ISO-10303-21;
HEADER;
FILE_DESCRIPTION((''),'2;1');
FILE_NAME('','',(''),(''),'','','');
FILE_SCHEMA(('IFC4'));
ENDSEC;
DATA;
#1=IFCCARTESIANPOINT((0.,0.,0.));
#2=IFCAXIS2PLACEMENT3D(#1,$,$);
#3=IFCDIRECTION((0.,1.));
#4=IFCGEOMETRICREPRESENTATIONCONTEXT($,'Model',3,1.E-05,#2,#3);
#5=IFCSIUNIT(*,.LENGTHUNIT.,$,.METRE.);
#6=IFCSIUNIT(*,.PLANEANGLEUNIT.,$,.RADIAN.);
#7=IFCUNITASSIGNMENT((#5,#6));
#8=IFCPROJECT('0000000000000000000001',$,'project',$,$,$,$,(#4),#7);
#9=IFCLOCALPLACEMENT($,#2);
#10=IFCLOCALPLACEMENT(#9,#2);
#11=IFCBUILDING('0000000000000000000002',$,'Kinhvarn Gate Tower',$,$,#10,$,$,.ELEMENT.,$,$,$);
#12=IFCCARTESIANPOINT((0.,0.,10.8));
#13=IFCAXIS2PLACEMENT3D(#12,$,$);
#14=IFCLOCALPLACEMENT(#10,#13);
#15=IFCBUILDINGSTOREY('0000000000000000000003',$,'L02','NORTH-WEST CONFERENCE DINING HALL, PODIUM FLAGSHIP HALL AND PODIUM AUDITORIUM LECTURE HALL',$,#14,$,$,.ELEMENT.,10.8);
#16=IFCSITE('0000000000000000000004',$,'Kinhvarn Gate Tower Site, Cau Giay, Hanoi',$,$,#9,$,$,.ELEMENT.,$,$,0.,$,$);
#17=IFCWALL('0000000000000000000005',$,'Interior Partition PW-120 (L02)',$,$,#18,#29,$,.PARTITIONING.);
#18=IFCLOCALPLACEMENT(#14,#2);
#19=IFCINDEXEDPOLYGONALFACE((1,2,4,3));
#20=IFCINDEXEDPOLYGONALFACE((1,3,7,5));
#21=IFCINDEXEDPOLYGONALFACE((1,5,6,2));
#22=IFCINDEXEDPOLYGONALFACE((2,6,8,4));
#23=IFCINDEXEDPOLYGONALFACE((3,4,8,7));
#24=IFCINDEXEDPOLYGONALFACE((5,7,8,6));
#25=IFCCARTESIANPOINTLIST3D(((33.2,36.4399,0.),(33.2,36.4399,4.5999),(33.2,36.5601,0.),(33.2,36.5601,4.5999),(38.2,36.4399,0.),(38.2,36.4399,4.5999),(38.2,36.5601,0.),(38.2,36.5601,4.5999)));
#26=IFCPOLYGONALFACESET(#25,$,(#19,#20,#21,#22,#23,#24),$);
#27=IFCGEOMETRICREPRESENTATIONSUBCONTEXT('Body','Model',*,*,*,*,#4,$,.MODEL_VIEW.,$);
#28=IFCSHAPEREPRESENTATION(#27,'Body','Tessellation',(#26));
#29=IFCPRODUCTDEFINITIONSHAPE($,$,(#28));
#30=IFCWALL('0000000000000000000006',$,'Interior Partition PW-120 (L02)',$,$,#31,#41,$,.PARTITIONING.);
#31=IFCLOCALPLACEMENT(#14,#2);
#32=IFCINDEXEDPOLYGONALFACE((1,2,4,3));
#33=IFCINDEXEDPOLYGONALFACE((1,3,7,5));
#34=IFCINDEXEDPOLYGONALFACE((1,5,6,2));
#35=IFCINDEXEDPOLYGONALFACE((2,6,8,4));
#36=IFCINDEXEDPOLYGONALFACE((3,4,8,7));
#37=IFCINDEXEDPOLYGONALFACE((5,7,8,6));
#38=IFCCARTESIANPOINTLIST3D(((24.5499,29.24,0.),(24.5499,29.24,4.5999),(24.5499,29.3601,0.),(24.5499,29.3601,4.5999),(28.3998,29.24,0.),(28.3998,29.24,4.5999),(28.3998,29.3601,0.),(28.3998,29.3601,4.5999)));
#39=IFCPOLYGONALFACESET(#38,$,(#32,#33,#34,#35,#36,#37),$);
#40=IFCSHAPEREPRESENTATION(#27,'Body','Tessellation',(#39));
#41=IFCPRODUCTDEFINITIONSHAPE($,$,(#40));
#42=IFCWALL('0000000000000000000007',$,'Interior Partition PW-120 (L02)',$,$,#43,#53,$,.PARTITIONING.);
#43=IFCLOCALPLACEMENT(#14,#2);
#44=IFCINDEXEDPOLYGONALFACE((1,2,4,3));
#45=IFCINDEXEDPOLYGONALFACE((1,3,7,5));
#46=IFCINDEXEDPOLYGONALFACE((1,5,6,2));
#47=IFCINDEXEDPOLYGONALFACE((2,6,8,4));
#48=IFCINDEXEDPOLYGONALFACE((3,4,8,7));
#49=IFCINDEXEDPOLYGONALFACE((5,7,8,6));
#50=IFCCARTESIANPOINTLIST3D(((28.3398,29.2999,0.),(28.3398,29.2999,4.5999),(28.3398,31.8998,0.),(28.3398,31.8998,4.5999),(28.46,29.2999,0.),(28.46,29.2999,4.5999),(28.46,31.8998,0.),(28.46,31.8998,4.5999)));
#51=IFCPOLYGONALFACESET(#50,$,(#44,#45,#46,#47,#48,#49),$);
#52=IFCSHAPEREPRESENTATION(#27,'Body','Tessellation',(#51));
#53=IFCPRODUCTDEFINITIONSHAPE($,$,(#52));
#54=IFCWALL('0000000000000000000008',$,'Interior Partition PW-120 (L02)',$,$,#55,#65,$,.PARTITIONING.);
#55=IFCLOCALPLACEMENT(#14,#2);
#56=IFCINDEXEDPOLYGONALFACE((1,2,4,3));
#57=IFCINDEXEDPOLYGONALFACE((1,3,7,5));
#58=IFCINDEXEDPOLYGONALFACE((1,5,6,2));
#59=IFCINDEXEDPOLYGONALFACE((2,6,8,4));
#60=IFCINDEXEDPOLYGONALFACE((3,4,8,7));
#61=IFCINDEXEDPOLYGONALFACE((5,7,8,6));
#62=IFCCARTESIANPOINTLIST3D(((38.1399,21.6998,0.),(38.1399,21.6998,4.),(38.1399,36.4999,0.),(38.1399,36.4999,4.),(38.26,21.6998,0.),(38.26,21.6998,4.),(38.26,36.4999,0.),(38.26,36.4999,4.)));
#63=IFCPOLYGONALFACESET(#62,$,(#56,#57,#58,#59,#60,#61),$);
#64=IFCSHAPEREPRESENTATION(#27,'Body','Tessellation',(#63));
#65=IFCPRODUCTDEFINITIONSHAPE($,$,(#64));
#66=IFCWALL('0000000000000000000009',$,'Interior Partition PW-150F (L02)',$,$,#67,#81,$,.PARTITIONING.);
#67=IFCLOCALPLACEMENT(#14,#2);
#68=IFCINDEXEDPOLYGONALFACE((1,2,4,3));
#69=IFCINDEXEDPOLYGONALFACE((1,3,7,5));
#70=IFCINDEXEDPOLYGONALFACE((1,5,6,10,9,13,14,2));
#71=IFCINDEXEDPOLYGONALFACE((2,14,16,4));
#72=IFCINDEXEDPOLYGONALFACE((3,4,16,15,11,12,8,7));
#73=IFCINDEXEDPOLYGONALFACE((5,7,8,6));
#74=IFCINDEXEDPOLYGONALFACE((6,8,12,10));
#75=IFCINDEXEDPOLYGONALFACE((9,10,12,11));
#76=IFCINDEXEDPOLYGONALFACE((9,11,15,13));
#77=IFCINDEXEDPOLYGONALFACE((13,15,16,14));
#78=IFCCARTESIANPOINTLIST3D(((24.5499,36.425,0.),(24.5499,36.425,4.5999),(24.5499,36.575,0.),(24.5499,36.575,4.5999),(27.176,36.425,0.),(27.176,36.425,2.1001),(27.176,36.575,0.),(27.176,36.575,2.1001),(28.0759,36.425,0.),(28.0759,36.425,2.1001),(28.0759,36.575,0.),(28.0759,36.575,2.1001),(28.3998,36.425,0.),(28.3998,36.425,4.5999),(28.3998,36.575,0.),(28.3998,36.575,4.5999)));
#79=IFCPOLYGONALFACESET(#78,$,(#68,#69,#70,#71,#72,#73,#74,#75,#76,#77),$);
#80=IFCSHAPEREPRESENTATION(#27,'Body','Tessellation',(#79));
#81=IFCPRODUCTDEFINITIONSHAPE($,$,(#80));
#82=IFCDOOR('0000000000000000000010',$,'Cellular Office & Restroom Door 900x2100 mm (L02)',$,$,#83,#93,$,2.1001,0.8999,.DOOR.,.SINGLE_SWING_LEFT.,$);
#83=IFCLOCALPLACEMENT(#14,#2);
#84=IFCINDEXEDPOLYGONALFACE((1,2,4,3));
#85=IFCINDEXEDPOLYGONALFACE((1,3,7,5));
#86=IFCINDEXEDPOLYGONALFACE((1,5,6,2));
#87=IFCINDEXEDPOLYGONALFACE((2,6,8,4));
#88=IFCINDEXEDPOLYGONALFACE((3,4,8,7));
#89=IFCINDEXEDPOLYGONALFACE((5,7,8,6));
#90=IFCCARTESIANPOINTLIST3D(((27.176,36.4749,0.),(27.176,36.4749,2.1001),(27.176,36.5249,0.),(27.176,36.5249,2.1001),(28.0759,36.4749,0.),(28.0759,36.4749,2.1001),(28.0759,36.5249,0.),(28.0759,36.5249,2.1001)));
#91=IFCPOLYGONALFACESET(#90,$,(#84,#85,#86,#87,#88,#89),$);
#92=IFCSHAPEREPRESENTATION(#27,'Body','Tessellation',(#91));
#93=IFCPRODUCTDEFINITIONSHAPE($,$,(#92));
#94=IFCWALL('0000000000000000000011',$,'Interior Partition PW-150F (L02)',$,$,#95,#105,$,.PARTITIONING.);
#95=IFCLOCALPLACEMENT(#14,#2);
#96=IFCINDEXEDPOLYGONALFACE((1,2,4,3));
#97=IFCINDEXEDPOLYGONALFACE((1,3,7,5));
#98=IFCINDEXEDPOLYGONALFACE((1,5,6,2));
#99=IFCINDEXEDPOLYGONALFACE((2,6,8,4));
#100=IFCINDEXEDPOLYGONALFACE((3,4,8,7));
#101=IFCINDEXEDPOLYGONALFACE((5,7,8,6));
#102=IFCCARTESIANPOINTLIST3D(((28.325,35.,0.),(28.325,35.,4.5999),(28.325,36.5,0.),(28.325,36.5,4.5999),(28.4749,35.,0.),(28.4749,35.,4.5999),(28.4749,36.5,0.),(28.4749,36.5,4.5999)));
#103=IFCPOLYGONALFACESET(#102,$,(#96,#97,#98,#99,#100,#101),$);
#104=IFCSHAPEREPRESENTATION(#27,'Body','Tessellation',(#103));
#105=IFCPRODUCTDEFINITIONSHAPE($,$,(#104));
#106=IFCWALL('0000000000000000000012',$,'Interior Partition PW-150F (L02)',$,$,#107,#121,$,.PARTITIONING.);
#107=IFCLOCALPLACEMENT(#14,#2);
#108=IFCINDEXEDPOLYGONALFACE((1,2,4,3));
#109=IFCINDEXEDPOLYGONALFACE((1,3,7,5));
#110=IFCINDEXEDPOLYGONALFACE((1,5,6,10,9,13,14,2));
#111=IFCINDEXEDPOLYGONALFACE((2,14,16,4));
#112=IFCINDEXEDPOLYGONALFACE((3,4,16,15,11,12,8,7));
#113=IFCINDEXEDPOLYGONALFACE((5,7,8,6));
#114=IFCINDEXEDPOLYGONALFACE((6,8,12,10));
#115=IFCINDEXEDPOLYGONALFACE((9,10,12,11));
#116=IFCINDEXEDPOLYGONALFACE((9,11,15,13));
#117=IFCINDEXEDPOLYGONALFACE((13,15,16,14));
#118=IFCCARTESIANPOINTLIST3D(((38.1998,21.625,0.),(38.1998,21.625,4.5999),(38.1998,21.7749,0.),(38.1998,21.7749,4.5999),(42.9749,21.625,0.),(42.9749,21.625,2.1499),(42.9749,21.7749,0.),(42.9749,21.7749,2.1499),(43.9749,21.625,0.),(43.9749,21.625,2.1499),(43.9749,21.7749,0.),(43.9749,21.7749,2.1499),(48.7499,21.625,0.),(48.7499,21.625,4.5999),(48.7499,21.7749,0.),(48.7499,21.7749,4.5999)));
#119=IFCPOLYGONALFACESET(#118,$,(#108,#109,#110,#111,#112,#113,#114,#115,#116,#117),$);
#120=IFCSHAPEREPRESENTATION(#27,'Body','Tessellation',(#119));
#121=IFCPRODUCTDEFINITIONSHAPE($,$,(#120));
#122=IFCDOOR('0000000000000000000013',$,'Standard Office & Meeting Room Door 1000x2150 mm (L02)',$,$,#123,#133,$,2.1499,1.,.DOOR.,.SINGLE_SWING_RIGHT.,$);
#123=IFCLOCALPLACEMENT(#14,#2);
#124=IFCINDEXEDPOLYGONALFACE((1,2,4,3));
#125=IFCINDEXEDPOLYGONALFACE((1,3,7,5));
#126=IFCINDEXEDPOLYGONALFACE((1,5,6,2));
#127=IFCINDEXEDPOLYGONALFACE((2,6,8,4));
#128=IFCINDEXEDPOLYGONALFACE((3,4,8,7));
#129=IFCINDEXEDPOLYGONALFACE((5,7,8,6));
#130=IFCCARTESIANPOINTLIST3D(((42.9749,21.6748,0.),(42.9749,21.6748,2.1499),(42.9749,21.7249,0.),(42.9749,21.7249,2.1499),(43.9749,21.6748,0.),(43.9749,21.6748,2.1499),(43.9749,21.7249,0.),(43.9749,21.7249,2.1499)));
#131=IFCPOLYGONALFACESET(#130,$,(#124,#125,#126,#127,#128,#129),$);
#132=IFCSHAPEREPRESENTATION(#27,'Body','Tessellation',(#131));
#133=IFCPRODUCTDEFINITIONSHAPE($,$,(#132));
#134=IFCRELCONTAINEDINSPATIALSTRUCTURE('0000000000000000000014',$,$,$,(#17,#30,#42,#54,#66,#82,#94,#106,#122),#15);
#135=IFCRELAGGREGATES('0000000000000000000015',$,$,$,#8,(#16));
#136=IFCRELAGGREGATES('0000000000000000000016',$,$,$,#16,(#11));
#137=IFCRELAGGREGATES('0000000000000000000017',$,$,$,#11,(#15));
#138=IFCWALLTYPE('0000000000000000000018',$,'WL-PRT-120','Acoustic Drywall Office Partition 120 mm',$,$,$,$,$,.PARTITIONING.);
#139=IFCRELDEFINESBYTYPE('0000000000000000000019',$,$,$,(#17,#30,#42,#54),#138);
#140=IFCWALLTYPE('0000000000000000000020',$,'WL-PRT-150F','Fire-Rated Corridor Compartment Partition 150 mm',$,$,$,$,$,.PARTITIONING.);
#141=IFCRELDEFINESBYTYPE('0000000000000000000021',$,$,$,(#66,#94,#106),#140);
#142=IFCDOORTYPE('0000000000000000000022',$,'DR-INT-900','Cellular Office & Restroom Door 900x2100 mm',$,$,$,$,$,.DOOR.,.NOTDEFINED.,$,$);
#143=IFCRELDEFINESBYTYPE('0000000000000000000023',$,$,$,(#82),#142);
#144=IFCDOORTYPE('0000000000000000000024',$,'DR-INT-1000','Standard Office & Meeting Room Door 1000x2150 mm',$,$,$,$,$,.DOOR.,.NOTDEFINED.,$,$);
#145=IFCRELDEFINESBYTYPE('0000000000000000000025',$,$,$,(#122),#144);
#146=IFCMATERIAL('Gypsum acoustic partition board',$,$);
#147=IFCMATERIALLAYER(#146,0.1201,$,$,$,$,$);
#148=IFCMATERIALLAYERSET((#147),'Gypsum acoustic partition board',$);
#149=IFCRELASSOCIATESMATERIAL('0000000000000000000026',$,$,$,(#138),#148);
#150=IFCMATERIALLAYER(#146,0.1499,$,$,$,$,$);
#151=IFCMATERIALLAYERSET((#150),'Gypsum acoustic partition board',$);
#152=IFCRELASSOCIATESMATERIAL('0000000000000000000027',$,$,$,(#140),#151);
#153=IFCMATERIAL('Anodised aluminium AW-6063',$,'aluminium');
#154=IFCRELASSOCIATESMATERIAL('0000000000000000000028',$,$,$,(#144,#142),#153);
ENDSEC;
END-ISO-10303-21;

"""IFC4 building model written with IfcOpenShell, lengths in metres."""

from ifc_helpers import new_model, si_unit, direction, frame, frame_2d, origin, place, context, subcontext, project, spatial, rectangle, extrude, material, layer, layer_set, type_object, element, fill, save


model = new_model("IFC4")

# Units and contexts
model_context = context("Model", 3, precision=1e-05, world=origin(), true_north=direction((0.0, 1.0)))
body_context = subcontext(model_context, "Body", "Model", "MODEL_VIEW")
ifc_project = project(units=[si_unit("LENGTHUNIT", "METRE"), si_unit("PLANEANGLEUNIT", "RADIAN")], contexts=[model_context])

# Site, building, storey
site_placement = place(None, origin())
site = spatial("IfcSite", under=ifc_project, at=site_placement, Name="Kinhvarn Gate Tower Site, Cau Giay, Hanoi", CompositionType="ELEMENT", RefElevation=0.0)
building_placement = place(site_placement, origin())
building = spatial("IfcBuilding", under=site, at=building_placement, Name="Kinhvarn Gate Tower", CompositionType="ELEMENT")
storey_placement = place(building_placement, frame((0.0, 0.0, 10.8)))
storey = spatial("IfcBuildingStorey", under=building, at=storey_placement, Name="L02", Description="NORTH-WEST CONFERENCE DINING HALL, PODIUM FLAGSHIP HALL AND PODIUM AUDITORIUM LECTURE HALL", CompositionType="ELEMENT", Elevation=10.8)

# Shared definitions
ifc_material_1 = material(Name="Gypsum acoustic partition board")

# Shared definitions
ifc_material_2 = material(Name="Anodised aluminium AW-6063", Category="aluminium")

# Walls
ifc_layer_1 = layer(ifc_material_1, 0.1201)
ifc_layer_set_1 = layer_set([ifc_layer_1], Name="Gypsum acoustic partition board")
wall_type_1 = type_object("IfcWallType", Name="WL-PRT-120", Description="Acoustic Drywall Office Partition 120 mm", PredefinedType="PARTITIONING", material=ifc_layer_set_1)
wall_1_placement = place(storey_placement, frame((33.2, 36.5, 0.0), z_axis=(0.0, 0.0, 1.0), x_axis=(1.0, 0.0, 0.0)))
element("IfcWall", 1, at=wall_1_placement, inside=storey, type_object=wall_type_1, Name="Interior Partition PW-120 (L02)", PredefinedType="PARTITIONING", context=body_context, shape_type="SweptSolid", body=[
    extrude(rectangle(XDim=5.0, YDim=0.1201, at=frame_2d((2.5, 0.0))), origin(), (0.0, 0.0, 1.0), 4.5999),
])
wall_2_placement = place(storey_placement, frame((24.55, 29.3, 0.0), z_axis=(0.0, 0.0, 1.0), x_axis=(1.0, 0.0, 0.0)))
element("IfcWall", 2, at=wall_2_placement, inside=storey, type_object=wall_type_1, Name="Interior Partition PW-120 (L02)", PredefinedType="PARTITIONING", context=body_context, shape_type="SweptSolid", body=[
    extrude(rectangle(XDim=3.8499, YDim=0.1201, at=frame_2d((1.9248, 0.0))), origin(), (0.0, 0.0, 1.0), 4.5999),
])
wall_3_placement = place(storey_placement, frame((28.3999, 29.3, 0.0), z_axis=(0.0, 0.0, 1.0), x_axis=(0.0, 1.0, 0.0)))
element("IfcWall", 3, at=wall_3_placement, inside=storey, type_object=wall_type_1, Name="Interior Partition PW-120 (L02)", PredefinedType="PARTITIONING", context=body_context, shape_type="SweptSolid", body=[
    extrude(rectangle(XDim=2.5999, YDim=0.1201, at=frame_2d((1.2998, 0.0))), origin(), (0.0, 0.0, 1.0), 4.5999),
])
wall_4_placement = place(storey_placement, frame((38.2, 21.7, 0.0), z_axis=(0.0, 0.0, 1.0), x_axis=(0.0, 1.0, 0.0)))
element("IfcWall", 4, at=wall_4_placement, inside=storey, type_object=wall_type_1, Name="Interior Partition PW-120 (L02)", PredefinedType="PARTITIONING", context=body_context, shape_type="SweptSolid", body=[
    extrude(rectangle(XDim=14.8, YDim=0.1201, at=frame_2d((7.3999, 0.0))), origin(), (0.0, 0.0, 1.0), 4.0),
])

# Wall, opening, door
ifc_layer_2 = layer(ifc_material_1, 0.1499)
ifc_layer_set_2 = layer_set([ifc_layer_2], Name="Gypsum acoustic partition board")
wall_type_2 = type_object("IfcWallType", Name="WL-PRT-150F", Description="Fire-Rated Corridor Compartment Partition 150 mm", PredefinedType="PARTITIONING", material=ifc_layer_set_2)
door_type_1 = type_object("IfcDoorType", Name="DR-INT-1000", Description="Standard Office & Meeting Room Door 1000x2150 mm", OperationType="NOTDEFINED", PredefinedType="DOOR", material=ifc_material_2)
wall_5_placement = place(storey_placement, frame((24.55, 36.5, 0.0), z_axis=(0.0, 0.0, 1.0), x_axis=(1.0, 0.0, 0.0)))
wall_5 = element("IfcWall", 5, at=wall_5_placement, inside=storey, type_object=wall_type_2, Name="Interior Partition PW-150F (L02)", PredefinedType="PARTITIONING", context=body_context, shape_type="SweptSolid", body=[
    extrude(rectangle(XDim=3.8499, YDim=0.1499, at=frame_2d((1.9248, 0.0))), origin(), (0.0, 0.0, 1.0), 4.5999),
])
opening_1_placement = place(wall_5_placement, frame((2.626, 0.0, 0.0)))
opening_1 = element("IfcOpeningElement", 6, at=opening_1_placement, cuts=wall_5, PredefinedType="OPENING", context=body_context, shape_type="SweptSolid", body=[
    extrude(rectangle(XDim=0.8999, YDim=2.1001, at=frame_2d((0.45, 1.05))), frame((0.0, 0.085, 0.0), z_axis=(0.0, -1.0, 0.0), x_axis=(1.0, 0.0, 0.0)), (0.0, 0.0, 1.0), 0.1699),
])
door_type_2 = type_object("IfcDoorType", Name="DR-INT-900", Description="Cellular Office & Restroom Door 900x2100 mm", OperationType="NOTDEFINED", PredefinedType="DOOR", material=ifc_material_2)
door_1_placement = place(opening_1_placement, origin())
door_1 = element("IfcDoor", 7, at=door_1_placement, inside=storey, type_object=door_type_2, Name="Cellular Office & Restroom Door 900x2100 mm (L02)", OperationType="SINGLE_SWING_LEFT", OverallHeight=2.1001, OverallWidth=0.8999, PredefinedType="DOOR", context=body_context, shape_type="SweptSolid", body=[
    extrude(rectangle(XDim=0.8999, YDim=2.1001, at=frame_2d((0.45, 1.05))), frame((0.0, 0.0249, 0.0), z_axis=(0.0, -1.0, 0.0), x_axis=(1.0, 0.0, 0.0)), (0.0, 0.0, 1.0), 0.05),
])
fill(opening_1, door_1)

# Wall
wall_6_placement = place(storey_placement, frame((28.3999, 35.0, 0.0), z_axis=(0.0, 0.0, 1.0), x_axis=(0.0, 1.0, 0.0)))
element("IfcWall", 8, at=wall_6_placement, inside=storey, type_object=wall_type_2, Name="Interior Partition PW-150F (L02)", PredefinedType="PARTITIONING", context=body_context, shape_type="SweptSolid", body=[
    extrude(rectangle(XDim=1.5, YDim=0.1499, at=frame_2d((0.75, 0.0))), origin(), (0.0, 0.0, 1.0), 4.5999),
])

# Wall, opening, door
wall_7_placement = place(storey_placement, frame((38.2, 21.7, 0.0), z_axis=(0.0, 0.0, 1.0), x_axis=(1.0, 0.0, 0.0)))
wall_7 = element("IfcWall", 9, at=wall_7_placement, inside=storey, type_object=wall_type_2, Name="Interior Partition PW-150F (L02)", PredefinedType="PARTITIONING", context=body_context, shape_type="SweptSolid", body=[
    extrude(rectangle(XDim=10.55, YDim=0.1499, at=frame_2d((5.2749, 0.0))), origin(), (0.0, 0.0, 1.0), 4.5999),
])
opening_2_placement = place(wall_7_placement, frame((4.7749, 0.0, 0.0)))
opening_2 = element("IfcOpeningElement", 10, at=opening_2_placement, cuts=wall_7, PredefinedType="OPENING", context=body_context, shape_type="SweptSolid", body=[
    extrude(rectangle(XDim=1.0, YDim=2.1499, at=frame_2d((0.5, 1.075))), frame((0.0, 0.085, 0.0), z_axis=(0.0, -1.0, 0.0), x_axis=(1.0, 0.0, 0.0)), (0.0, 0.0, 1.0), 0.1699),
])
door_2_placement = place(opening_2_placement, origin())
door_2 = element("IfcDoor", 11, at=door_2_placement, inside=storey, type_object=door_type_1, Name="Standard Office & Meeting Room Door 1000x2150 mm (L02)", OperationType="SINGLE_SWING_RIGHT", OverallHeight=2.1499, OverallWidth=1.0, PredefinedType="DOOR", context=body_context, shape_type="SweptSolid", body=[
    extrude(rectangle(XDim=1.0, YDim=2.1499, at=frame_2d((0.5, 1.075))), frame((0.0, 0.0249, 0.0), z_axis=(0.0, -1.0, 0.0), x_axis=(1.0, 0.0, 0.0)), (0.0, 0.0, 1.0), 0.05),
])
fill(opening_2, door_2)

save(model, "model.ifc")
